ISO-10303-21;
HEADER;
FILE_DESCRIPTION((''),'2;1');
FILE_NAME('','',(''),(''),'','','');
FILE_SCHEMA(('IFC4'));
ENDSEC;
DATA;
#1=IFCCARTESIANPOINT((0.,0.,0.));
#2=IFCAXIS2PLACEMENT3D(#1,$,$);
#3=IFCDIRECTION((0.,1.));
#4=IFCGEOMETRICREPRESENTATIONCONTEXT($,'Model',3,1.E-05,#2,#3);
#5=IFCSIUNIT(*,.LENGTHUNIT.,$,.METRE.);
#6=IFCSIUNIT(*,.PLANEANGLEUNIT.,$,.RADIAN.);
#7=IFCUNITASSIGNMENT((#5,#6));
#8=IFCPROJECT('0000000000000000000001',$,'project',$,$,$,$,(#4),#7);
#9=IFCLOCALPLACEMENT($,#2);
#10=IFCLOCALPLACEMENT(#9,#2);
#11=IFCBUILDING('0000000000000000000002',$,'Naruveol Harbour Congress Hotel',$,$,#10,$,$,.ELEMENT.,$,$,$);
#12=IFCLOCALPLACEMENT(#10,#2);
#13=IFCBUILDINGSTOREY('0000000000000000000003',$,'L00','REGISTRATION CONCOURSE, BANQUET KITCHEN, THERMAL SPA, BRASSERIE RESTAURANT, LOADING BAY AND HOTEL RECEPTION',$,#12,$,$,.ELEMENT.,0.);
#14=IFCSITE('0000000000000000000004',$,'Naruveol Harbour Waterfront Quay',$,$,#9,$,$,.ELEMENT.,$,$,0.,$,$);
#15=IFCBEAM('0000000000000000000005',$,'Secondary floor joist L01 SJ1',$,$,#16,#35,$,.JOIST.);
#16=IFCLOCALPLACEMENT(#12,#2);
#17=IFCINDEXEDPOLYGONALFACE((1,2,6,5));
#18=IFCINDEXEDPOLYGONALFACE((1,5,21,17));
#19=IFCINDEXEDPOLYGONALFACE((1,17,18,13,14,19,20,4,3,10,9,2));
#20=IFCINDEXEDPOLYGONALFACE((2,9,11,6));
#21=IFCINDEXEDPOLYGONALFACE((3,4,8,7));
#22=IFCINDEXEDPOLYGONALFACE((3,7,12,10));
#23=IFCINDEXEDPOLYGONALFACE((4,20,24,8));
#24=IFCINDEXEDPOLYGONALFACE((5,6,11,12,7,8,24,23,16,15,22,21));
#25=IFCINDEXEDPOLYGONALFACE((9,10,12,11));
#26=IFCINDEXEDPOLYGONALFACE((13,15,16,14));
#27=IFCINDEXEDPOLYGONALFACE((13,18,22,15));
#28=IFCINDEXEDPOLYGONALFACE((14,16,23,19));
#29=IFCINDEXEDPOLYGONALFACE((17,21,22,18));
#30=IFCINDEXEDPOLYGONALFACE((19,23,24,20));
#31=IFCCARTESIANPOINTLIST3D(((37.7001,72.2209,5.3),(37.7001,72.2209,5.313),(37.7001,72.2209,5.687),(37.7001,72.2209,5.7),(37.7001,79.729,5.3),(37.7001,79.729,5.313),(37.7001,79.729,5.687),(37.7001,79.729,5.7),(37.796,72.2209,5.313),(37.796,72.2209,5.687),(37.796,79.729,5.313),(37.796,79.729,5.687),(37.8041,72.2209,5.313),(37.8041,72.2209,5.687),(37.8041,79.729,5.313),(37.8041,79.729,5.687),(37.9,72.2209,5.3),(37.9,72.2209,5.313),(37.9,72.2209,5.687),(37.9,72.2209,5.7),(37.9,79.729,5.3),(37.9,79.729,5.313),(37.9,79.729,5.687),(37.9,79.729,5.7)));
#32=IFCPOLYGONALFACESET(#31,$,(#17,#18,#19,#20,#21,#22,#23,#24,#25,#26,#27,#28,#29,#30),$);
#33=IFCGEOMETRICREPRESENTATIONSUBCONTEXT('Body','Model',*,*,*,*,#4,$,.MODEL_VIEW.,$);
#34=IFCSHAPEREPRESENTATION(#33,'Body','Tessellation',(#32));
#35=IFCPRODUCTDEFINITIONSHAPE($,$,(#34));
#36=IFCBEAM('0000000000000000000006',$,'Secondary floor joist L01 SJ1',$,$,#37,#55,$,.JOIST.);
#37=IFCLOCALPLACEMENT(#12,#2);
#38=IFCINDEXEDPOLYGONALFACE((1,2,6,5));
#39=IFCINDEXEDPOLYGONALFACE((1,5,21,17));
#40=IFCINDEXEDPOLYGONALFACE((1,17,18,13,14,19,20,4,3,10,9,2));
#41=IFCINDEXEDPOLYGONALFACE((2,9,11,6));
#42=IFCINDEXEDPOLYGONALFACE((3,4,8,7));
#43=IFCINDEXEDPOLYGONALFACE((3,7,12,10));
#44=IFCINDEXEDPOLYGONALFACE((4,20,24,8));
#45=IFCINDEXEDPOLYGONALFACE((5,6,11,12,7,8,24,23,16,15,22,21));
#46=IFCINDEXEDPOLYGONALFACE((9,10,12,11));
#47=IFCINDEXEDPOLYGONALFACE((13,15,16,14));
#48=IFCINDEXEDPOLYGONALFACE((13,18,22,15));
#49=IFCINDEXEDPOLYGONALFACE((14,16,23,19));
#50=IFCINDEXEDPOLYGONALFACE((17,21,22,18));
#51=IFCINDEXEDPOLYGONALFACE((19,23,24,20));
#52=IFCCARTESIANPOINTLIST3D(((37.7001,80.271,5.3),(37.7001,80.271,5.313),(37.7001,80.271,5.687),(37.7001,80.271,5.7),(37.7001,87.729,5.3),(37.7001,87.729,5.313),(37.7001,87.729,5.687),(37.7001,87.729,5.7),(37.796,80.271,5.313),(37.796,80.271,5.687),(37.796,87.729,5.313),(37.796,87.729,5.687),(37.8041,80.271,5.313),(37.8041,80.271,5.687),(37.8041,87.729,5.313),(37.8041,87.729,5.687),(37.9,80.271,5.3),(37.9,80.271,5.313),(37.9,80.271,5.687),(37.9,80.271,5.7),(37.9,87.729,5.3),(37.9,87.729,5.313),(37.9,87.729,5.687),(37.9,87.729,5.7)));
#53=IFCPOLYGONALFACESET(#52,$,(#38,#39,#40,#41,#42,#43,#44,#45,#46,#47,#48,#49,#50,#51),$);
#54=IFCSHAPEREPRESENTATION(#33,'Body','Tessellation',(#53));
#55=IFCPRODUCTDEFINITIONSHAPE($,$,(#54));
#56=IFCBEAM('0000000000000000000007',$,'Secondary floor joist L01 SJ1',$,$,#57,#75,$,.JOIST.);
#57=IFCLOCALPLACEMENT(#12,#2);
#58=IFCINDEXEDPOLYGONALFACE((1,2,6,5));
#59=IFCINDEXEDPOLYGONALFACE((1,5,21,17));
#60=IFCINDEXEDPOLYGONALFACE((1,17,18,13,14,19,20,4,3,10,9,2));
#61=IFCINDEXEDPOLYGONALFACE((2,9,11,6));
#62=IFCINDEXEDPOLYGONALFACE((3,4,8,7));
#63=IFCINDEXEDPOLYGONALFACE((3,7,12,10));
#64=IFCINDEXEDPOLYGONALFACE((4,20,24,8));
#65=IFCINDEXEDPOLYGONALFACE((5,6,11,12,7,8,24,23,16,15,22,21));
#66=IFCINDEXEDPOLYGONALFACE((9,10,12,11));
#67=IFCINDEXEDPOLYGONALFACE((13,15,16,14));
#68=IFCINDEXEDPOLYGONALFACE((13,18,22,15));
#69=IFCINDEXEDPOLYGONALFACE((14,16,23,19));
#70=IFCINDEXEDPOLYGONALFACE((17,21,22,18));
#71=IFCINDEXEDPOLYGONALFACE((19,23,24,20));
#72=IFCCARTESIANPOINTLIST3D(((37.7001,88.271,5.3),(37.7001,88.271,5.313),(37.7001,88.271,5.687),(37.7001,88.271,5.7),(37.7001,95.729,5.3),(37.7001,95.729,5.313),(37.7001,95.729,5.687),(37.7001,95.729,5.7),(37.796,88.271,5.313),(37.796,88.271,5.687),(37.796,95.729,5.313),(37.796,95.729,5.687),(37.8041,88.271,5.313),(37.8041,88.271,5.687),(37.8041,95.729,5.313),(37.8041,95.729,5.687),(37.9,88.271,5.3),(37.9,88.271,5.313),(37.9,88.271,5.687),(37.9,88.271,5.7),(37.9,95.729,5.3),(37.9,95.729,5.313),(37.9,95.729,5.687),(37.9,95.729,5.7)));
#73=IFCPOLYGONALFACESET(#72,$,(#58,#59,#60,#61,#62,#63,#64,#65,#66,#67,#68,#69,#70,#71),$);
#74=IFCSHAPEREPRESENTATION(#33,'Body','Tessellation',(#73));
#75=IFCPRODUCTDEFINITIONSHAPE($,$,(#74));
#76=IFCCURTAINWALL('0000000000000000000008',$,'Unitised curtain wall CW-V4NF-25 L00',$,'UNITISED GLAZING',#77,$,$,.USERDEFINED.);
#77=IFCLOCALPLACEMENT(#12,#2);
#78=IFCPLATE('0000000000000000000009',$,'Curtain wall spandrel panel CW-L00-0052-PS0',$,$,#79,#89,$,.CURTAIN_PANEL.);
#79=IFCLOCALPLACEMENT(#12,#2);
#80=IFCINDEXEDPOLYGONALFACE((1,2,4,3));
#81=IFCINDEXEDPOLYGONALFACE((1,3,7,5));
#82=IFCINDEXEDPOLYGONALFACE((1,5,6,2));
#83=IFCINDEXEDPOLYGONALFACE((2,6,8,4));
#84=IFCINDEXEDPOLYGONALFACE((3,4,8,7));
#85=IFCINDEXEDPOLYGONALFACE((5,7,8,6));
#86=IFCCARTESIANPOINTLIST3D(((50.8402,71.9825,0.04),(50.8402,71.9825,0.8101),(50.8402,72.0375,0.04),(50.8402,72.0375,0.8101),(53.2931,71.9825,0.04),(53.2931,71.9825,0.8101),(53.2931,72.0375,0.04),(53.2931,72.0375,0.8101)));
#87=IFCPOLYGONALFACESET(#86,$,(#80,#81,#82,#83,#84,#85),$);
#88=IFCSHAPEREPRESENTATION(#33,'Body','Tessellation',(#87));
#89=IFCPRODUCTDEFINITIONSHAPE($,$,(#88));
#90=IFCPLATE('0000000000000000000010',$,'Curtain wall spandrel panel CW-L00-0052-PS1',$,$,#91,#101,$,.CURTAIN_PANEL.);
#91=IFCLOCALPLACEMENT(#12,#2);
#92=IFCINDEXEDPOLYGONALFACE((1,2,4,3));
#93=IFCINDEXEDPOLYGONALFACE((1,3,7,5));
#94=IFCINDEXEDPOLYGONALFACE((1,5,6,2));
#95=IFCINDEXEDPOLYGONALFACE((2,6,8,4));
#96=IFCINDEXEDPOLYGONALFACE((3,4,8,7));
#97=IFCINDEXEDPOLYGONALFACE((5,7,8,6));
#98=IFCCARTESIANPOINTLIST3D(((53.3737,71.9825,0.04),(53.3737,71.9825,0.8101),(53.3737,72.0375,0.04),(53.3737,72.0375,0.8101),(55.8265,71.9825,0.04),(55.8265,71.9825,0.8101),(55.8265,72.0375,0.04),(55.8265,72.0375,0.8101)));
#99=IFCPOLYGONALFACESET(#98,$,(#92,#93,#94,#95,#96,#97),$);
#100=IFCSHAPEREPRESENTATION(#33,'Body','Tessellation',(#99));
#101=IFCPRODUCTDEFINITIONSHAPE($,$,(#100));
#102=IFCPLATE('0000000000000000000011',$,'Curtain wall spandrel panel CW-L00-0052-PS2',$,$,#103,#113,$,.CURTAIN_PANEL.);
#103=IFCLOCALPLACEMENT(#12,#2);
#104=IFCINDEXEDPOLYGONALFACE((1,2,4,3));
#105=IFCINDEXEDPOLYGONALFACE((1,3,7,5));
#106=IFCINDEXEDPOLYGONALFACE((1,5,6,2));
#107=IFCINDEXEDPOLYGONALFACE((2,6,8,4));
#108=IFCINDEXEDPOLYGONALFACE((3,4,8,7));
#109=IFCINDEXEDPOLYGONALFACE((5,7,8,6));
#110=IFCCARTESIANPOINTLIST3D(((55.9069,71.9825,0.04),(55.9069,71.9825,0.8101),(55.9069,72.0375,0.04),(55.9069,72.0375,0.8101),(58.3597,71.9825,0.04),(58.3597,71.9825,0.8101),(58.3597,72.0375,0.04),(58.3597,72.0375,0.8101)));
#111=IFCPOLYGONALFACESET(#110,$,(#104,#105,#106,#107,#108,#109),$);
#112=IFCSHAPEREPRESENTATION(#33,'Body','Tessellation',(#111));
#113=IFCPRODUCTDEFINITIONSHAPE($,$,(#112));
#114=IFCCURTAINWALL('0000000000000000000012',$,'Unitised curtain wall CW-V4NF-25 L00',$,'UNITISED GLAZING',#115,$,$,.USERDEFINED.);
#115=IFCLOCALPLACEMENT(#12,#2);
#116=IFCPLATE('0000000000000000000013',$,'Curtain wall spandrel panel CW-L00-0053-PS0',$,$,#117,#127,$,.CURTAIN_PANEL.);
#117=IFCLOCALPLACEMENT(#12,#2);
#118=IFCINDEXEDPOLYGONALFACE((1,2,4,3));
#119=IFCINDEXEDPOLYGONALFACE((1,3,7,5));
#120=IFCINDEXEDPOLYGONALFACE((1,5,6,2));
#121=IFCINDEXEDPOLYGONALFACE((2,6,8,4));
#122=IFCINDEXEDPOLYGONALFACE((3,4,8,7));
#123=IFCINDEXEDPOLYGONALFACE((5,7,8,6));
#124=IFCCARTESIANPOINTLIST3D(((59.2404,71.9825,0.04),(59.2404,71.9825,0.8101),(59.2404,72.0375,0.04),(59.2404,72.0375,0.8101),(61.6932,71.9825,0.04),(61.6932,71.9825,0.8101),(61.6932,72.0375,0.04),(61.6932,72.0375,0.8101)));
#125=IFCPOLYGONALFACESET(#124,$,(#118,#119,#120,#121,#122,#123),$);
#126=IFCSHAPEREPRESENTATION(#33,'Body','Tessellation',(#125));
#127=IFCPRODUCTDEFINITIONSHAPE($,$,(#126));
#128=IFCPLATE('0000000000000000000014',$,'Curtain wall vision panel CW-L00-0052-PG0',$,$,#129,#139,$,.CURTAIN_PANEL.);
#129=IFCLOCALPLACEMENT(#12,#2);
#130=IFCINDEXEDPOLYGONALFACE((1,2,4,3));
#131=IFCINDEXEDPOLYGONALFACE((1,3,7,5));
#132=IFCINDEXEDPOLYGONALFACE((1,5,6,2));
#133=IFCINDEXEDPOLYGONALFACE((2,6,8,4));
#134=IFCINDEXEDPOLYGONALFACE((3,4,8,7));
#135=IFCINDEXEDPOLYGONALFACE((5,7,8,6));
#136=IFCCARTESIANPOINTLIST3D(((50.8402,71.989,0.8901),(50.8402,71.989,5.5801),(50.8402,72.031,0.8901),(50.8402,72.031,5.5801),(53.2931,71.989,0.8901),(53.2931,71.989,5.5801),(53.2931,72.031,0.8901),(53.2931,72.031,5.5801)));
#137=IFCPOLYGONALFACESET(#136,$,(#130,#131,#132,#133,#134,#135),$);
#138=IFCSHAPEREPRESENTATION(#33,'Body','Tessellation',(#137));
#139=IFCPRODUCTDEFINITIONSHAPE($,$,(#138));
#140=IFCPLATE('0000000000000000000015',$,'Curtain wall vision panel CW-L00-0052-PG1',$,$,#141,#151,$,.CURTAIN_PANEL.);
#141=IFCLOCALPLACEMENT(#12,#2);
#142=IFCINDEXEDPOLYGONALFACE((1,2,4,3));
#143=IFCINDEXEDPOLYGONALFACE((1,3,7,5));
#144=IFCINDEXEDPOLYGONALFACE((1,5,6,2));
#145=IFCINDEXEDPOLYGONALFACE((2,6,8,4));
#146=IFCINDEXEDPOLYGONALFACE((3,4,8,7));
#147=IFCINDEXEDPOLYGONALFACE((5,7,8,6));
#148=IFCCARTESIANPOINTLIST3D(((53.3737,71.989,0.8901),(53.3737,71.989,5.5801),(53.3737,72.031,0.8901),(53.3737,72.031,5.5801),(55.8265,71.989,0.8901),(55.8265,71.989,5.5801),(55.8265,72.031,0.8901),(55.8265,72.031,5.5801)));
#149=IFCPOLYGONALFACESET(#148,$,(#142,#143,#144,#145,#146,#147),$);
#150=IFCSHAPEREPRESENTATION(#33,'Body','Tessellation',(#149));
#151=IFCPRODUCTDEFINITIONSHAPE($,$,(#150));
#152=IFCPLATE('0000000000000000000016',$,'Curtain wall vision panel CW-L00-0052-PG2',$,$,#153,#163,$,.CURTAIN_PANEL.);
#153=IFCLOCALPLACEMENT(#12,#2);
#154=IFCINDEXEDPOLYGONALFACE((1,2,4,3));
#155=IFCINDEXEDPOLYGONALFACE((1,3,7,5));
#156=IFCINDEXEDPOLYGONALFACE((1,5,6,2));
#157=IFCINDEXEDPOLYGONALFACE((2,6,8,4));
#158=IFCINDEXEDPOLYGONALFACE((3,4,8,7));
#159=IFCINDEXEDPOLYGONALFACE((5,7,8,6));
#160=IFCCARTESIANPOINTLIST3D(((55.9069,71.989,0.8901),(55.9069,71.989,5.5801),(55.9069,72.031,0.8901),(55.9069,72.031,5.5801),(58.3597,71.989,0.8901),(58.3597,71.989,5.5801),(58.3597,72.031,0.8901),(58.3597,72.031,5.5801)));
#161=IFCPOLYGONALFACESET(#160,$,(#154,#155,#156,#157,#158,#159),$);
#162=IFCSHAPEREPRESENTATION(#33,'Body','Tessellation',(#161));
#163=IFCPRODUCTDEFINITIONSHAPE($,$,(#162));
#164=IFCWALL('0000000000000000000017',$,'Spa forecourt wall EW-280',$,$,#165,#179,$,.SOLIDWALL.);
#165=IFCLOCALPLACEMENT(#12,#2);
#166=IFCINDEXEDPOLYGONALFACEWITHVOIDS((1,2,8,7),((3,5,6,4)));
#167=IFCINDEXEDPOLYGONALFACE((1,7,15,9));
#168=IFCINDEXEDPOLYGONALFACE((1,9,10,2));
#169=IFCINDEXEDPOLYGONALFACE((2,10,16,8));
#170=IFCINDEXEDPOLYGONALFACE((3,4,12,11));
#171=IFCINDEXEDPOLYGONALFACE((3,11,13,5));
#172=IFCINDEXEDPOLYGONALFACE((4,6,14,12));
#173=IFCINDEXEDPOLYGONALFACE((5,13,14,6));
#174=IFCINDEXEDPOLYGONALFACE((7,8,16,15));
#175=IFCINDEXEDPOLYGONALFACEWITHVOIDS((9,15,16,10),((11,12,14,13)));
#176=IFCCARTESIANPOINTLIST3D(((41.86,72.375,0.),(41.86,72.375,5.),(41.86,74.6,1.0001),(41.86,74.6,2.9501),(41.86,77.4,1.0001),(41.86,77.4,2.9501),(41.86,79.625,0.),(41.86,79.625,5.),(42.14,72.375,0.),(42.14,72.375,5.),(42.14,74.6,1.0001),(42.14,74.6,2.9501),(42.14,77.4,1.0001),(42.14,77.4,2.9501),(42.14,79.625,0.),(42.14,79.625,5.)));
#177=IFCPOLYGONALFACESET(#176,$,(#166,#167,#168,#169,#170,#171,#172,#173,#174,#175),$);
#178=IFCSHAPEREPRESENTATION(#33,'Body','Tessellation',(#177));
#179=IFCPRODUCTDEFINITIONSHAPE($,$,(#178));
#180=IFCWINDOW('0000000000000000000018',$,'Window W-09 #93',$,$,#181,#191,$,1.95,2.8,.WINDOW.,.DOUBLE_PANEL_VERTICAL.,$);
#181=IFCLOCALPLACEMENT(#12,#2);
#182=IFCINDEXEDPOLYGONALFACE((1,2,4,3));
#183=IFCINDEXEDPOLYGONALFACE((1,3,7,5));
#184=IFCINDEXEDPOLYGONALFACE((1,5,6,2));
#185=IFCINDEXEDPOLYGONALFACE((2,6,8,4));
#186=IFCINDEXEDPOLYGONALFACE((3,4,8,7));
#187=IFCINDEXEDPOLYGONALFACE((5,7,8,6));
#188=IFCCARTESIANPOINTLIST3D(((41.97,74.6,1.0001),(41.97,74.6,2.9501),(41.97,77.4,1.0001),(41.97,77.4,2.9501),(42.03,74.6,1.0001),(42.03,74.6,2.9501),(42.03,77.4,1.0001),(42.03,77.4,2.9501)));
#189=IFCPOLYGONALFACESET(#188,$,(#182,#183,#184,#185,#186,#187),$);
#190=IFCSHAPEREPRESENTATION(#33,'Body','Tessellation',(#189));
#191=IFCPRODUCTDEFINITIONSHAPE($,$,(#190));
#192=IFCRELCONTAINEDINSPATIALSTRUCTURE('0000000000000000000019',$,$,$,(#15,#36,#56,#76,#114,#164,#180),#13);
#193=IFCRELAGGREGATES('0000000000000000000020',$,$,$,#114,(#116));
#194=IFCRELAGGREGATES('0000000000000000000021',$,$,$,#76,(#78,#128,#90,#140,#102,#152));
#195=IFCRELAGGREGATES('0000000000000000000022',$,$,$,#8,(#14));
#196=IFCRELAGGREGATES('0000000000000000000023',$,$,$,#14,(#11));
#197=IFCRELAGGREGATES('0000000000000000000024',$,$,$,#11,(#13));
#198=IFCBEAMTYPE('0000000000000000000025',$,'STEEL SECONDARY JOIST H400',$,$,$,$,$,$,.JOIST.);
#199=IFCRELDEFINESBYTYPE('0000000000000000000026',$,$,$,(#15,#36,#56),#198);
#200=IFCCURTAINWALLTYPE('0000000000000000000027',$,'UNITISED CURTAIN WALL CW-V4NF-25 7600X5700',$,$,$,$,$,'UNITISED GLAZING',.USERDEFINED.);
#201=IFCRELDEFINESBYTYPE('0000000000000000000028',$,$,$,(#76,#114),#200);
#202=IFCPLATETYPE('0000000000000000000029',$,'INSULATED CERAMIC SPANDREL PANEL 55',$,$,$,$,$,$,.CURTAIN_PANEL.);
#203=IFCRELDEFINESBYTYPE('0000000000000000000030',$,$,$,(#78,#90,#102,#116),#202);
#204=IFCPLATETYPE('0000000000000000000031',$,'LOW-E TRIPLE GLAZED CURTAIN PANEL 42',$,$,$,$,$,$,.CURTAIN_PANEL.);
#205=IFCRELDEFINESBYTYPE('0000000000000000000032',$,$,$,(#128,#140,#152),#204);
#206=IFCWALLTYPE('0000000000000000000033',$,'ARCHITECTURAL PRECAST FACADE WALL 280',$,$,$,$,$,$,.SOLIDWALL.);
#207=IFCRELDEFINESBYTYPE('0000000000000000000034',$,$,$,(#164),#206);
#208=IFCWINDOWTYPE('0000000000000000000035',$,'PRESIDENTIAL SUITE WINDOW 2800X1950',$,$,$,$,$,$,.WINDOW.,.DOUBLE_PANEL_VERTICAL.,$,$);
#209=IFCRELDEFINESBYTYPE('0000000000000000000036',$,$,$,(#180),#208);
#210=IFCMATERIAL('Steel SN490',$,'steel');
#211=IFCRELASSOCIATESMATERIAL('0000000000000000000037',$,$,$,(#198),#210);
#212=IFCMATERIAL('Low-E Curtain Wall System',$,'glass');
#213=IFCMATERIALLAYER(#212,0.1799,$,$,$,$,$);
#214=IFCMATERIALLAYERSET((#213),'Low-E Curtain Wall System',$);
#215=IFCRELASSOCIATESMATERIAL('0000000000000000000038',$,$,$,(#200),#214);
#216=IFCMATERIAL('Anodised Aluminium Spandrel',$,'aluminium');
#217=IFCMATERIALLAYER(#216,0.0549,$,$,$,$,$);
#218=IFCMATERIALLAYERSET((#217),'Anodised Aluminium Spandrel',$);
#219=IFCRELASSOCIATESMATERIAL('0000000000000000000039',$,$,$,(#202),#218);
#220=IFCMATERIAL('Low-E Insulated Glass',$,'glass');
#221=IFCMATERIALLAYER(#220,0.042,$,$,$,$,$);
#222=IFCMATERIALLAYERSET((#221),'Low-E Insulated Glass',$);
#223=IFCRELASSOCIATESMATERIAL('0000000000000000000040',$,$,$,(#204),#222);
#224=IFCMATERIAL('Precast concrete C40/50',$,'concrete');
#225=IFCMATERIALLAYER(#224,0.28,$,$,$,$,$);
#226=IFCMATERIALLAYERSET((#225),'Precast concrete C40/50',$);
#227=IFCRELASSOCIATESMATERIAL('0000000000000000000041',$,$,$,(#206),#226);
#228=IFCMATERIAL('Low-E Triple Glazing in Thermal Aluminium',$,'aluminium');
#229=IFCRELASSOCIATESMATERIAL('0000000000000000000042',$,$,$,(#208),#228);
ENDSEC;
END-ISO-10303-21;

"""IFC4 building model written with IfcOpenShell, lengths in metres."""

from ifc_helpers import new_model, si_unit, direction, frame, frame_2d, origin, origin_2d, place, context, subcontext, project, spatial, rectangle, i_section, extrude, material, layer, layer_set, material_profile, profile_set, type_object, element, fill, aggregate, save


model = new_model("IFC4")

# Units and contexts
model_context = context("Model", 3, precision=1e-05, world=origin(), true_north=direction((0.0, 1.0)))
body_context = subcontext(model_context, "Body", "Model", "MODEL_VIEW")
ifc_project = project(units=[si_unit("LENGTHUNIT", "METRE"), si_unit("PLANEANGLEUNIT", "RADIAN")], contexts=[model_context])

# Site, building, storey
site_placement = place(None, origin())
site = spatial("IfcSite", under=ifc_project, at=site_placement, Name="Naruveol Harbour Waterfront Quay", CompositionType="ELEMENT", RefElevation=0.0)
building_placement = place(site_placement, origin())
building = spatial("IfcBuilding", under=site, at=building_placement, Name="Naruveol Harbour Congress Hotel", CompositionType="ELEMENT")
storey_placement = place(building_placement, origin())
storey = spatial("IfcBuildingStorey", under=building, at=storey_placement, Name="L00", Description="REGISTRATION CONCOURSE, BANQUET KITCHEN, THERMAL SPA, BRASSERIE RESTAURANT, LOADING BAY AND HOTEL RECEPTION", CompositionType="ELEMENT", Elevation=0.0)

# Beams
ifc_material_1 = material(Name="Steel SN490", Category="steel")
ifc_material_profile_1 = material_profile(ifc_material_1, i_section(OverallWidth=0.2, OverallDepth=0.3999, WebThickness=0.0081, FlangeThickness=0.0129, at=origin_2d()), Name="H-400x200x8x13")
ifc_profile_set_1 = profile_set([ifc_material_profile_1], Name="Steel SN490")
beam_type_1 = type_object("IfcBeamType", Name="STEEL SECONDARY JOIST H400", PredefinedType="JOIST", material=ifc_profile_set_1)
beam_1_placement = place(storey_placement, frame((37.8, 72.2209, 5.5), z_axis=(0.0, 1.0, 0.0), x_axis=(-1.0, 0.0, 0.0)))
element("IfcBeam", 1, at=beam_1_placement, inside=storey, type_object=beam_type_1, Name="Secondary floor joist L01 SJ1", PredefinedType="JOIST", context=body_context, shape_type="SweptSolid", body=[
    extrude(i_section(OverallWidth=0.2, OverallDepth=0.3999, WebThickness=0.0081, FlangeThickness=0.0129, at=origin_2d()), origin(), (0.0, 0.0, 1.0), 7.5081),
])
for number, where, z_axis, x_axis, name in (
    (2, (37.8, 80.271, 5.5), (0.0, 1.0, 0.0), (-1.0, 0.0, 0.0), "Secondary floor joist L01 SJ1"),
    (3, (37.8, 88.271, 5.5), (0.0, 1.0, 0.0), (-1.0, 0.0, 0.0), "Secondary floor joist L01 SJ1"),
):
    element("IfcBeam", number, at=place(storey_placement, frame(where, z_axis=z_axis, x_axis=x_axis)), inside=storey, type_object=beam_type_1, Name=name, PredefinedType="JOIST", context=body_context, shape_type="SweptSolid", body=[
        extrude(i_section(OverallWidth=0.2, OverallDepth=0.3999, WebThickness=0.0081, FlangeThickness=0.0129, at=origin_2d()), origin(), (0.0, 0.0, 1.0), 7.458),
    ])

# Curtain wall, plates
ifc_material_2 = material(Name="Low-E Curtain Wall System", Category="glass")
ifc_layer_1 = layer(ifc_material_2, 0.1799)
ifc_layer_set_1 = layer_set([ifc_layer_1], Name="Low-E Curtain Wall System")
curtain_wall_type = type_object("IfcCurtainWallType", Name="UNITISED CURTAIN WALL CW-V4NF-25 7600X5700", ElementType="UNITISED GLAZING", PredefinedType="USERDEFINED", material=ifc_layer_set_1)
curtain_wall_1_placement = place(storey_placement, origin())
curtain_wall_1 = element("IfcCurtainWall", 4, at=curtain_wall_1_placement, inside=storey, type_object=curtain_wall_type, Name="Unitised curtain wall CW-V4NF-25 L00", ObjectType="UNITISED GLAZING", PredefinedType="USERDEFINED")
ifc_material_3 = material(Name="Anodised Aluminium Spandrel", Category="aluminium")
ifc_layer_2 = layer(ifc_material_3, 0.0549)
ifc_layer_set_2 = layer_set([ifc_layer_2], Name="Anodised Aluminium Spandrel")
plate_type_1 = type_object("IfcPlateType", Name="INSULATED CERAMIC SPANDREL PANEL 55", PredefinedType="CURTAIN_PANEL", material=ifc_layer_set_2)
plate_1_placement = place(storey_placement, frame((52.0667, 72.01, 0.04), z_axis=(0.0, 0.0, 1.0), x_axis=(1.0, 0.0, 0.0)))
plate_1 = element("IfcPlate", 5, at=plate_1_placement, type_object=plate_type_1, Name="Curtain wall spandrel panel CW-L00-0052-PS0", PredefinedType="CURTAIN_PANEL", context=body_context, shape_type="SweptSolid", body=[
    extrude(rectangle(XDim=2.4529, YDim=0.0549, at=origin_2d()), origin(), (0.0, 0.0, 1.0), 0.77),
])
plate_2_placement = place(storey_placement, frame((54.6001, 72.01, 0.04), z_axis=(0.0, 0.0, 1.0), x_axis=(1.0, 0.0, 0.0)))
plate_2 = element("IfcPlate", 6, at=plate_2_placement, type_object=plate_type_1, Name="Curtain wall spandrel panel CW-L00-0052-PS1", PredefinedType="CURTAIN_PANEL", context=body_context, shape_type="SweptSolid", body=[
    extrude(rectangle(XDim=2.4529, YDim=0.0549, at=origin_2d()), origin(), (0.0, 0.0, 1.0), 0.77),
])
plate_3_placement = place(storey_placement, frame((57.1333, 72.01, 0.04), z_axis=(0.0, 0.0, 1.0), x_axis=(1.0, 0.0, 0.0)))
plate_3 = element("IfcPlate", 7, at=plate_3_placement, type_object=plate_type_1, Name="Curtain wall spandrel panel CW-L00-0052-PS2", PredefinedType="CURTAIN_PANEL", context=body_context, shape_type="SweptSolid", body=[
    extrude(rectangle(XDim=2.4529, YDim=0.0549, at=origin_2d()), origin(), (0.0, 0.0, 1.0), 0.77),
])

# Curtain wall, plate
curtain_wall_2_placement = place(storey_placement, origin())
curtain_wall_2 = element("IfcCurtainWall", 8, at=curtain_wall_2_placement, inside=storey, type_object=curtain_wall_type, Name="Unitised curtain wall CW-V4NF-25 L00", ObjectType="UNITISED GLAZING", PredefinedType="USERDEFINED")
plate_4_placement = place(storey_placement, frame((60.4668, 72.01, 0.04), z_axis=(0.0, 0.0, 1.0), x_axis=(1.0, 0.0, 0.0)))
plate_4 = element("IfcPlate", 9, at=plate_4_placement, type_object=plate_type_1, Name="Curtain wall spandrel panel CW-L00-0053-PS0", PredefinedType="CURTAIN_PANEL", context=body_context, shape_type="SweptSolid", body=[
    extrude(rectangle(XDim=2.4529, YDim=0.0549, at=origin_2d()), origin(), (0.0, 0.0, 1.0), 0.77),
])
aggregate(curtain_wall_2, [plate_4])

# Plates
ifc_material_4 = material(Name="Low-E Insulated Glass", Category="glass")
ifc_layer_3 = layer(ifc_material_4, 0.042)
ifc_layer_set_3 = layer_set([ifc_layer_3], Name="Low-E Insulated Glass")
plate_type_2 = type_object("IfcPlateType", Name="LOW-E TRIPLE GLAZED CURTAIN PANEL 42", PredefinedType="CURTAIN_PANEL", material=ifc_layer_set_3)
plate_5_placement = place(storey_placement, frame((52.0667, 72.01, 0.8901), z_axis=(0.0, 0.0, 1.0), x_axis=(1.0, 0.0, 0.0)))
plate_5 = element("IfcPlate", 10, at=plate_5_placement, type_object=plate_type_2, Name="Curtain wall vision panel CW-L00-0052-PG0", PredefinedType="CURTAIN_PANEL", context=body_context, shape_type="SweptSolid", body=[
    extrude(rectangle(XDim=2.4529, YDim=0.042, at=origin_2d()), origin(), (0.0, 0.0, 1.0), 4.6899),
])
plate_6_placement = place(storey_placement, frame((54.6001, 72.01, 0.8901), z_axis=(0.0, 0.0, 1.0), x_axis=(1.0, 0.0, 0.0)))
plate_6 = element("IfcPlate", 11, at=plate_6_placement, type_object=plate_type_2, Name="Curtain wall vision panel CW-L00-0052-PG1", PredefinedType="CURTAIN_PANEL", context=body_context, shape_type="SweptSolid", body=[
    extrude(rectangle(XDim=2.4529, YDim=0.042, at=origin_2d()), origin(), (0.0, 0.0, 1.0), 4.6899),
])
plate_7_placement = place(storey_placement, frame((57.1333, 72.01, 0.8901), z_axis=(0.0, 0.0, 1.0), x_axis=(1.0, 0.0, 0.0)))
plate_7 = element("IfcPlate", 12, at=plate_7_placement, type_object=plate_type_2, Name="Curtain wall vision panel CW-L00-0052-PG2", PredefinedType="CURTAIN_PANEL", context=body_context, shape_type="SweptSolid", body=[
    extrude(rectangle(XDim=2.4529, YDim=0.042, at=origin_2d()), origin(), (0.0, 0.0, 1.0), 4.6899),
])
aggregate(curtain_wall_1, [plate_1, plate_5, plate_2, plate_6, plate_3, plate_7])

# Wall, opening, window
ifc_material_5 = material(Name="Precast concrete C40/50", Category="concrete")
ifc_layer_4 = layer(ifc_material_5, 0.28)
ifc_layer_set_4 = layer_set([ifc_layer_4], Name="Precast concrete C40/50")
wall_type = type_object("IfcWallType", Name="ARCHITECTURAL PRECAST FACADE WALL 280", PredefinedType="SOLIDWALL", material=ifc_layer_set_4)
wall_1_placement = place(storey_placement, frame((42.0, 79.625, 0.0), z_axis=(0.0, 0.0, 1.0), x_axis=(0.0, -1.0, 0.0)))
wall_1 = element("IfcWall", 13, at=wall_1_placement, inside=storey, type_object=wall_type, Name="Spa forecourt wall EW-280", PredefinedType="SOLIDWALL", context=body_context, shape_type="SweptSolid", body=[
    extrude(rectangle(XDim=7.25, YDim=0.28, at=frame_2d((3.625, 0.0))), origin(), (0.0, 0.0, 1.0), 5.0),
])
opening_1_placement = place(wall_1_placement, frame((2.2251, 0.0, 1.0)))
opening_1 = element("IfcOpeningElement", 14, at=opening_1_placement, cuts=wall_1, PredefinedType="OPENING", context=body_context, shape_type="SweptSolid", body=[
    extrude(rectangle(XDim=2.8, YDim=1.95, at=frame_2d((1.3999, 0.9751))), frame((0.0, 0.1499, 0.0), z_axis=(0.0, -1.0, 0.0), x_axis=(1.0, 0.0, 0.0)), (0.0, 0.0, 1.0), 0.3),
])
ifc_material_6 = material(Name="Low-E Triple Glazing in Thermal Aluminium", Category="aluminium")
window_type = type_object("IfcWindowType", Name="PRESIDENTIAL SUITE WINDOW 2800X1950", PartitioningType="DOUBLE_PANEL_VERTICAL", PredefinedType="WINDOW", material=ifc_material_6)
window_placement = place(opening_1_placement, origin())
window = element("IfcWindow", 15, at=window_placement, inside=storey, type_object=window_type, Name="Window W-09 #93", OverallHeight=1.95, OverallWidth=2.8, PartitioningType="DOUBLE_PANEL_VERTICAL", PredefinedType="WINDOW", context=body_context, shape_type="SweptSolid", body=[
    extrude(rectangle(XDim=2.8, YDim=1.95, at=frame_2d((1.3999, 0.9751))), frame((0.0, 0.03, 0.0), z_axis=(0.0, -1.0, 0.0), x_axis=(1.0, 0.0, 0.0)), (0.0, 0.0, 1.0), 0.0601),
])
fill(opening_1, window)

save(model, "model.ifc")
